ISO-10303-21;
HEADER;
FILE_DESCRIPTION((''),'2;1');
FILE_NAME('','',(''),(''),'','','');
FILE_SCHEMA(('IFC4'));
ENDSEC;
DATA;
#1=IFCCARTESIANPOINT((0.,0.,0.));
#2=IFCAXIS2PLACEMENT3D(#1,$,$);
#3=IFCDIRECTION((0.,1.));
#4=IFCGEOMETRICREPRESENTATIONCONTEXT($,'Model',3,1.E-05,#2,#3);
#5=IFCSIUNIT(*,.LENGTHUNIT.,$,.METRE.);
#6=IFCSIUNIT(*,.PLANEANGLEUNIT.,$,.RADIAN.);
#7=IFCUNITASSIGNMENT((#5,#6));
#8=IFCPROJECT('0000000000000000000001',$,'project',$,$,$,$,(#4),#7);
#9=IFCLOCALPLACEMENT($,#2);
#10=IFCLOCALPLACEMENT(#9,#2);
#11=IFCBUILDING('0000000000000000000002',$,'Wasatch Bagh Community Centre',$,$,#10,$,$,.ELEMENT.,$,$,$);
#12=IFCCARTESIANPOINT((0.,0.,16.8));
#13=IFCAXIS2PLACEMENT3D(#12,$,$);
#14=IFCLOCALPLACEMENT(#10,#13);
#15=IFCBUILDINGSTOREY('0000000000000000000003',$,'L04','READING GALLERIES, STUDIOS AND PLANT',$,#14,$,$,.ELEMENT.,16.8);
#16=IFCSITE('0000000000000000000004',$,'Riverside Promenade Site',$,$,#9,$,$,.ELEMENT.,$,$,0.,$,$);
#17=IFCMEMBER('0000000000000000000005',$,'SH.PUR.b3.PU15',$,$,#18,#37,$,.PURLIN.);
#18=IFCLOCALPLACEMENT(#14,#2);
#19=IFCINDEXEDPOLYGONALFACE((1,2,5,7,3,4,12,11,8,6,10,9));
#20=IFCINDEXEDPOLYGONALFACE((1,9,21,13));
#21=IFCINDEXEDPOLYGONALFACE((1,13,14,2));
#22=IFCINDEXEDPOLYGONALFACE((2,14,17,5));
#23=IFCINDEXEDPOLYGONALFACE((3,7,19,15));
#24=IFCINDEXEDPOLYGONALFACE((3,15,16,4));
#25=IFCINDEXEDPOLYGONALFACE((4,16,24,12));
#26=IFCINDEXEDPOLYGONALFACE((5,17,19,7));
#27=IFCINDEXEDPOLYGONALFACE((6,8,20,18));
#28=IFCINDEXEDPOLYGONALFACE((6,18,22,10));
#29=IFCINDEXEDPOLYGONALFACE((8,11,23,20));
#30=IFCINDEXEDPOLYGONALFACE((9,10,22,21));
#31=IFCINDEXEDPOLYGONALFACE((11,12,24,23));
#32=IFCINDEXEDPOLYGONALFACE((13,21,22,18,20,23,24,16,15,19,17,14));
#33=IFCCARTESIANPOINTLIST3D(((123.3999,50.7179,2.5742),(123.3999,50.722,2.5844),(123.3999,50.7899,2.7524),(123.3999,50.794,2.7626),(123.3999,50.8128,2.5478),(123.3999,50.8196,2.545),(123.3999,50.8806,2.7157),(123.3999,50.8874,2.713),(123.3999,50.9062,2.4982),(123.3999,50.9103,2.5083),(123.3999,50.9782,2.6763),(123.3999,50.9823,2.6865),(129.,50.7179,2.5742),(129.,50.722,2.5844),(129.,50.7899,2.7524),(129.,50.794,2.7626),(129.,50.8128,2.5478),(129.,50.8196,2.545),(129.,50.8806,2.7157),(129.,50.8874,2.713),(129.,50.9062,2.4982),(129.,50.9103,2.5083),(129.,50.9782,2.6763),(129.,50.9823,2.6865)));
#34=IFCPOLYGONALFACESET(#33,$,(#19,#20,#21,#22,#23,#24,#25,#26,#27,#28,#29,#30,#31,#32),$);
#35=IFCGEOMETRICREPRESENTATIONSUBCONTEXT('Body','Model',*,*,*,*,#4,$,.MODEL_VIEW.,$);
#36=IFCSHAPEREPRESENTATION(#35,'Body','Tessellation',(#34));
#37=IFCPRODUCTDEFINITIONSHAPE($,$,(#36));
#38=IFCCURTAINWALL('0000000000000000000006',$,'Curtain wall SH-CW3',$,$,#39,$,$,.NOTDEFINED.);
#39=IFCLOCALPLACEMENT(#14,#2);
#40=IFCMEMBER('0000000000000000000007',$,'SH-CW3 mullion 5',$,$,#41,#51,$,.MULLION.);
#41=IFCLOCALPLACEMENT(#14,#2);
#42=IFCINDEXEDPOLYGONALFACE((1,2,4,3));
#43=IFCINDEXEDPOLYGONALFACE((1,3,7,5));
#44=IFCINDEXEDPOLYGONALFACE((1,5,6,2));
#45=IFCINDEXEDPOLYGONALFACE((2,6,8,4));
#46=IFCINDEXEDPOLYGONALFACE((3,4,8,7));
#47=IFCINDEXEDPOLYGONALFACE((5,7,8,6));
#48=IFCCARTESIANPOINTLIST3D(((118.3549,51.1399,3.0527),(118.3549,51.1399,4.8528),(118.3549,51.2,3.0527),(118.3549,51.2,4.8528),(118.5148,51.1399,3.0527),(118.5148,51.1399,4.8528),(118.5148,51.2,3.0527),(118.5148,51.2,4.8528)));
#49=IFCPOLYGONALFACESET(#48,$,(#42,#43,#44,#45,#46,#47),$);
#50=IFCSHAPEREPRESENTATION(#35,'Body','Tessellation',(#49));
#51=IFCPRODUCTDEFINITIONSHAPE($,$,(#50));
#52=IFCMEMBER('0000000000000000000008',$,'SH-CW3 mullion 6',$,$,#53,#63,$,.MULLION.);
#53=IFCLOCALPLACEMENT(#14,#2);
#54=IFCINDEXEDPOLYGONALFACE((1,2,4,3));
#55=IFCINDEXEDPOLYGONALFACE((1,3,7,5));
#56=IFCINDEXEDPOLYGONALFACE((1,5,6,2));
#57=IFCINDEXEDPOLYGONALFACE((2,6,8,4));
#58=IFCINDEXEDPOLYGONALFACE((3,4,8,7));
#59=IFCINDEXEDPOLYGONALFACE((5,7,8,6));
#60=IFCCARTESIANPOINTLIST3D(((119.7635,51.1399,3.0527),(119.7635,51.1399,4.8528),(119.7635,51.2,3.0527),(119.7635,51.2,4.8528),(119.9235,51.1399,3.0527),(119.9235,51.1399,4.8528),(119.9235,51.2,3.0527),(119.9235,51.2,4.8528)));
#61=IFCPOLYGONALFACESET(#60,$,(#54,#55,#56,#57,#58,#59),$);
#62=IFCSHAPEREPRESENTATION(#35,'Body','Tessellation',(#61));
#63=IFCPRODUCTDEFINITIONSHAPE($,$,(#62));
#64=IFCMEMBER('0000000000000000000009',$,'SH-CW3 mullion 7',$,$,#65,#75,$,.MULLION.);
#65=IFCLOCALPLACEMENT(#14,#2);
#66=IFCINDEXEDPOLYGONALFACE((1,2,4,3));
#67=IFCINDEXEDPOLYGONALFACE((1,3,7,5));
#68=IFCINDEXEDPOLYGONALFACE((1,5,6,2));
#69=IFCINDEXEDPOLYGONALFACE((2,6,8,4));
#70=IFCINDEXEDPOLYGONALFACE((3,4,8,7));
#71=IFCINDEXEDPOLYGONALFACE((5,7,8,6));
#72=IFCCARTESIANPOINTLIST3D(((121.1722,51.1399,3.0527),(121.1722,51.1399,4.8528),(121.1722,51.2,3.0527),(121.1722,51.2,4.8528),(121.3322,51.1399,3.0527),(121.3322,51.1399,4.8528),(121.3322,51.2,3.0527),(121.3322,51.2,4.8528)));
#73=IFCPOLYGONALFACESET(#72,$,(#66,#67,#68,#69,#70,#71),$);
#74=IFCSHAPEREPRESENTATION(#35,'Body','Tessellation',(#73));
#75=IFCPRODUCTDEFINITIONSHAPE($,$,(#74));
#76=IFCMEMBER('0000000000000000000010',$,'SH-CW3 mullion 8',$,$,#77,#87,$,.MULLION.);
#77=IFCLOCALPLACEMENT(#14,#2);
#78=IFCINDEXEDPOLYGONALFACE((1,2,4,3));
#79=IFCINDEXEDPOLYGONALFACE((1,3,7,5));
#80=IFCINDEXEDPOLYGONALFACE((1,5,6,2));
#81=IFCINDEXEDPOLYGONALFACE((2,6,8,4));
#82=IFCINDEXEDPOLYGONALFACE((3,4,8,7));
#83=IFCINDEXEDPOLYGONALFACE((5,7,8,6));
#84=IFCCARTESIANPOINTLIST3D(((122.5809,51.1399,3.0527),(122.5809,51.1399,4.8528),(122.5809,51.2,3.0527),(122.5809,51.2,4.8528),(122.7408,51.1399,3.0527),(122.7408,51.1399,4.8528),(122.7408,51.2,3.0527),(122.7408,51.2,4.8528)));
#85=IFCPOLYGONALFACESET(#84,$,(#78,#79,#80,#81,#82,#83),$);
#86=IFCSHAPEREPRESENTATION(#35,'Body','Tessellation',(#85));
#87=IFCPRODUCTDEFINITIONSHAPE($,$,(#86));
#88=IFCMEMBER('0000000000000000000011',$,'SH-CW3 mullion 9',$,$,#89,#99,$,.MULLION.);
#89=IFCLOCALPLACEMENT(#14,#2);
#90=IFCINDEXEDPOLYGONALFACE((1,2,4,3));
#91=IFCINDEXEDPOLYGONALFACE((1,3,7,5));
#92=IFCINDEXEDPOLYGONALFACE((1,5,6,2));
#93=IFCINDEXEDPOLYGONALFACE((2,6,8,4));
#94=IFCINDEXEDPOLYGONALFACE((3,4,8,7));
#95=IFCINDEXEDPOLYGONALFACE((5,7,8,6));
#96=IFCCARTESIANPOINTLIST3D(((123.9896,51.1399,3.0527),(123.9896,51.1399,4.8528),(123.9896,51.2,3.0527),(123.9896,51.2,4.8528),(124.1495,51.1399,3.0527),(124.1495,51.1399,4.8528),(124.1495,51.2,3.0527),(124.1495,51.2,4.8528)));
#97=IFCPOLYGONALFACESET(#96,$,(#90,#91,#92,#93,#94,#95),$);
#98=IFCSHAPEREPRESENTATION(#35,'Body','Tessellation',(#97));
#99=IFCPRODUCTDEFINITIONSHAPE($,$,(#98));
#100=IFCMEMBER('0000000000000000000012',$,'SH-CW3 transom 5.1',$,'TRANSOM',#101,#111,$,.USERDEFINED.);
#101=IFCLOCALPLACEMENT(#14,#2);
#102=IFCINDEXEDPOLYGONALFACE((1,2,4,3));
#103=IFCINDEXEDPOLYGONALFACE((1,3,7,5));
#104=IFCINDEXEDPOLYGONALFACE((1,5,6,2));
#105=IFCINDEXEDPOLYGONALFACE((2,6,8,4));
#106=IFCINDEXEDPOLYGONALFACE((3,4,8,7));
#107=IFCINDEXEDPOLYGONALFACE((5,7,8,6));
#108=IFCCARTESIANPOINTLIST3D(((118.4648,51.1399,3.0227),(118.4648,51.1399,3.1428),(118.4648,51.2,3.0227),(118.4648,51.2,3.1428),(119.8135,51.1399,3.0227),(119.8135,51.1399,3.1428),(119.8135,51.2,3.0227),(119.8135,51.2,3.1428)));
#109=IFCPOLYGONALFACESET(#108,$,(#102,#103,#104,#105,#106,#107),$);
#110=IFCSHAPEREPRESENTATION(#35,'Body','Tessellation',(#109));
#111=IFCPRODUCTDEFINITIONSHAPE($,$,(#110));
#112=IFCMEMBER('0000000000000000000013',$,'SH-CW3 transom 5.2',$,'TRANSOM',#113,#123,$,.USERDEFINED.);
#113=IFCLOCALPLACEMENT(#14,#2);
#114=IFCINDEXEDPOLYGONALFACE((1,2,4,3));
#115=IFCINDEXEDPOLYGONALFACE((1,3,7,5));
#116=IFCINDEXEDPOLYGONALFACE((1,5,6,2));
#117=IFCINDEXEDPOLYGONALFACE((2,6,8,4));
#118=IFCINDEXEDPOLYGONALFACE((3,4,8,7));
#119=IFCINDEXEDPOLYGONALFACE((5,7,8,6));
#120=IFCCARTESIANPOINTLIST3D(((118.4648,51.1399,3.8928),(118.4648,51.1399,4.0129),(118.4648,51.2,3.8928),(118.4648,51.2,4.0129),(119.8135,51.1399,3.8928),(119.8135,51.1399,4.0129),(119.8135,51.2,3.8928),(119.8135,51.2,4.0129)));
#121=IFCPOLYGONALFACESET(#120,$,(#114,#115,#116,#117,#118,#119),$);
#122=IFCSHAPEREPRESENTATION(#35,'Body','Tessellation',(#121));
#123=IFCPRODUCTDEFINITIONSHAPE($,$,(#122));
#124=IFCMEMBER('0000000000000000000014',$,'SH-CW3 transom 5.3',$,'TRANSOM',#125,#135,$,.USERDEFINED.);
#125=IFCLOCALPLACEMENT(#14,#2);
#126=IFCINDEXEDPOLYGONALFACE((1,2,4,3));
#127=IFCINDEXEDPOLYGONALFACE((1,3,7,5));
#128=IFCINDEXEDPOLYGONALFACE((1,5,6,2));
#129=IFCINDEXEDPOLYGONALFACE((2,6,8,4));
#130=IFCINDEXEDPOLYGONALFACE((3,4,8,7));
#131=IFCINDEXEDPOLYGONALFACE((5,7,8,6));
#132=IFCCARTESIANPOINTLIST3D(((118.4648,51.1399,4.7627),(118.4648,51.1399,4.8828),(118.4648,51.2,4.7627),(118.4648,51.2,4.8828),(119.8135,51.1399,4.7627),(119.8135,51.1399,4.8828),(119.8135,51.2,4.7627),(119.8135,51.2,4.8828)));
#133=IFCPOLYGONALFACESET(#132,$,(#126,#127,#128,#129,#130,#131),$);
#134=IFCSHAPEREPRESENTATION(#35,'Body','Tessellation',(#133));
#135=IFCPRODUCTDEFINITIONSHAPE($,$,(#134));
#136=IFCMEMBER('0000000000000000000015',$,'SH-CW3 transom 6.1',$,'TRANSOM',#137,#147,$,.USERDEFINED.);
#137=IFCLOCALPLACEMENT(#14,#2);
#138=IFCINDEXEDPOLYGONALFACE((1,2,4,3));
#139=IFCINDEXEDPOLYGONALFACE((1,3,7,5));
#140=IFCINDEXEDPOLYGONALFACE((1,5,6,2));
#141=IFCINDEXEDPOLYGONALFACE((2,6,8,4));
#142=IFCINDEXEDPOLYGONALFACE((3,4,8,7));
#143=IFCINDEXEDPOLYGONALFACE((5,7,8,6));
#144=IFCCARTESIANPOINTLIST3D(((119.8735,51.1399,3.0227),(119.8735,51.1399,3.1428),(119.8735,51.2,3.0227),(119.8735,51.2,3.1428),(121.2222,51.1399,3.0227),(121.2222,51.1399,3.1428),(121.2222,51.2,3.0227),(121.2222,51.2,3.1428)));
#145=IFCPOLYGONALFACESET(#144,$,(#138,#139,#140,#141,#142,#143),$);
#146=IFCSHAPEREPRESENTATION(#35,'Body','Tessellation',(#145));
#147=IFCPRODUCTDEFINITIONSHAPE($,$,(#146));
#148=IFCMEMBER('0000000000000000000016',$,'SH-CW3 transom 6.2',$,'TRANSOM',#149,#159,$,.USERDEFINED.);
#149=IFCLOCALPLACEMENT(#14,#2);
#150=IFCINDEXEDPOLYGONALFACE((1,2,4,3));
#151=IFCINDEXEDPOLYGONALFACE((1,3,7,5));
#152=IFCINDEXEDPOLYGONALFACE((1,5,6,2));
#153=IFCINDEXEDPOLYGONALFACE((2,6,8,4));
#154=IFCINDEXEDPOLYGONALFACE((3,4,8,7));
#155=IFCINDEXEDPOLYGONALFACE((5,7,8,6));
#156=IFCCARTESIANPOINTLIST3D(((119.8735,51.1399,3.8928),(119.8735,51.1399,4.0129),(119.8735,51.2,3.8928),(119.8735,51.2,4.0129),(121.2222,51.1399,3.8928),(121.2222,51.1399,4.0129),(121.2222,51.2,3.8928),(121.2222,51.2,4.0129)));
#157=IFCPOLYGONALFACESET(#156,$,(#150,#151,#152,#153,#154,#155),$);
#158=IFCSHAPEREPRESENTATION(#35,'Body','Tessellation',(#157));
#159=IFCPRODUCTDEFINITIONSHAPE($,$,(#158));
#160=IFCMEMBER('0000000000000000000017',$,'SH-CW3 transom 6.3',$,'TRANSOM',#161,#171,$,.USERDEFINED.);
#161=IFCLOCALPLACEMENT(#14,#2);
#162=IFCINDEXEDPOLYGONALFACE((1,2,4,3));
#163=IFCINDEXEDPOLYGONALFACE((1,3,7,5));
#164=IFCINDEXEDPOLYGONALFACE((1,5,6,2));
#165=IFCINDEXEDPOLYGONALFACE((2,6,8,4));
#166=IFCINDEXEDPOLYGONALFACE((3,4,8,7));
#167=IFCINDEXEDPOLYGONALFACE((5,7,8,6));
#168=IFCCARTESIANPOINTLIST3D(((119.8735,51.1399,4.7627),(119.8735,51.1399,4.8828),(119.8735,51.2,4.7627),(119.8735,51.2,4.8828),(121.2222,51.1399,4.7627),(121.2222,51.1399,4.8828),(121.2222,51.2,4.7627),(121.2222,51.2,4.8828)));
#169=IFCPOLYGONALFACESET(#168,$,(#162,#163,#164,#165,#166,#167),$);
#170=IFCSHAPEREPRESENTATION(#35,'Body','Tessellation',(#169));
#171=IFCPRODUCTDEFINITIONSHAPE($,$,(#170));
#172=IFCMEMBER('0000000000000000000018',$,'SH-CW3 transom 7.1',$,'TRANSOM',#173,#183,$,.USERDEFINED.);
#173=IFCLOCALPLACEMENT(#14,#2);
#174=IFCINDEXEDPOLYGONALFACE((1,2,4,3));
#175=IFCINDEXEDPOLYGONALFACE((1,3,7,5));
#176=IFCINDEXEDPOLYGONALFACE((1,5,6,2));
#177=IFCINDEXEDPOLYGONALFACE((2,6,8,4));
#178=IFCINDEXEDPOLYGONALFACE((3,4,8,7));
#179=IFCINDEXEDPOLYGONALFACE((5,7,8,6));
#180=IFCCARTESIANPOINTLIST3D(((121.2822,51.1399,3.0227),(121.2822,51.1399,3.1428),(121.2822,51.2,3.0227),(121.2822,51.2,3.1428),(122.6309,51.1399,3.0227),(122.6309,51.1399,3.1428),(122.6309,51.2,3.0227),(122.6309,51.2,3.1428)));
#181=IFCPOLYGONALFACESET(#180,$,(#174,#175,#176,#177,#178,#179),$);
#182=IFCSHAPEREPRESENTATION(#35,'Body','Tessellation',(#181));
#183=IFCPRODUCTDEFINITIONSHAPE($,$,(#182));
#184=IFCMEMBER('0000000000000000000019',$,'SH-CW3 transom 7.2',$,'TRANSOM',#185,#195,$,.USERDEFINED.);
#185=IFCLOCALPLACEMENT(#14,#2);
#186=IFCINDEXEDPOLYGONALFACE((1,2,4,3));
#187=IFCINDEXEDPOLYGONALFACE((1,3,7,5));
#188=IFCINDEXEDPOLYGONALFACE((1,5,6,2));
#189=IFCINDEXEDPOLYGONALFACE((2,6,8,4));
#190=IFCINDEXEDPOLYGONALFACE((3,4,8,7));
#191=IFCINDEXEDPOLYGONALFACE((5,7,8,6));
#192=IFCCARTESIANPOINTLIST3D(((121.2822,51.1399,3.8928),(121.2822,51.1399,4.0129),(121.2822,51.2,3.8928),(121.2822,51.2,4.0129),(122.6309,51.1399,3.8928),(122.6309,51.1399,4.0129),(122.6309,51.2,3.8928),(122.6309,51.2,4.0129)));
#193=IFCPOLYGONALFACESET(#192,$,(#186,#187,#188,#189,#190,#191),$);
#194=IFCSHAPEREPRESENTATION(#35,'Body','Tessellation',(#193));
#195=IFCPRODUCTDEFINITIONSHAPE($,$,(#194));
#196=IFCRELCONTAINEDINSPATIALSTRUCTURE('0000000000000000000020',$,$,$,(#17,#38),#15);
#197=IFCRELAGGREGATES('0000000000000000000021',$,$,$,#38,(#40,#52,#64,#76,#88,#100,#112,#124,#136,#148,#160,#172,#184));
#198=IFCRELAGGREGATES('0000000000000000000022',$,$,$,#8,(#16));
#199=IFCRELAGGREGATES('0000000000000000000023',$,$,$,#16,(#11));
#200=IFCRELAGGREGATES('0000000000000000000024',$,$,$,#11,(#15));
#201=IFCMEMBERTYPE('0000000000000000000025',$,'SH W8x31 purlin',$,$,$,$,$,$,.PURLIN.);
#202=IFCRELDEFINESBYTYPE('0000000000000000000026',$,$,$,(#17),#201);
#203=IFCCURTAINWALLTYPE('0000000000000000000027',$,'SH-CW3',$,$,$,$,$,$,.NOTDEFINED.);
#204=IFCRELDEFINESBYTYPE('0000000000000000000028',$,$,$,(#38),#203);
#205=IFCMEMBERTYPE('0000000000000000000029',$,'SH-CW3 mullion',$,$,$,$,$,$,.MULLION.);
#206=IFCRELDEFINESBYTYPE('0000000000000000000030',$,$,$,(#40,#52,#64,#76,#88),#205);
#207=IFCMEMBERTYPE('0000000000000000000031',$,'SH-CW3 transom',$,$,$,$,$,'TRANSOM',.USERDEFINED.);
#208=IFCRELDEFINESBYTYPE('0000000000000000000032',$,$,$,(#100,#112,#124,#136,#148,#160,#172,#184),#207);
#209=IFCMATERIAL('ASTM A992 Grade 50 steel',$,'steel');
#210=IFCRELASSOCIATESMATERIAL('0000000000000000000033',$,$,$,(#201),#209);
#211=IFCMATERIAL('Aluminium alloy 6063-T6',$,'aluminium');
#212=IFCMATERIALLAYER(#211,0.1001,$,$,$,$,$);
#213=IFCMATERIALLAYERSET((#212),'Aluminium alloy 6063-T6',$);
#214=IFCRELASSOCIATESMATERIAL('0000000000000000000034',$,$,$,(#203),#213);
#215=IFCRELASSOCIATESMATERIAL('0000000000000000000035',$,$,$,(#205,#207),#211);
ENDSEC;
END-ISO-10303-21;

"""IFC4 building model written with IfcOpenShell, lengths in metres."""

from ifc_helpers import new_model, si_unit, direction, frame, origin, origin_2d, place, context, subcontext, project, spatial, rectangle, i_section, extrude, material, layer, layer_set, material_profile, profile_set, type_object, element, aggregate, save


model = new_model("IFC4")

# Units and contexts
model_context = context("Model", 3, precision=1e-05, world=origin(), true_north=direction((0.0, 1.0)))
body_context = subcontext(model_context, "Body", "Model", "MODEL_VIEW")
ifc_project = project(units=[si_unit("LENGTHUNIT", "METRE"), si_unit("PLANEANGLEUNIT", "RADIAN")], contexts=[model_context])

# Site, building, storey
site_placement = place(None, origin())
site = spatial("IfcSite", under=ifc_project, at=site_placement, Name="Riverside Promenade Site", CompositionType="ELEMENT", RefElevation=0.0)
building_placement = place(site_placement, origin())
building = spatial("IfcBuilding", under=site, at=building_placement, Name="Wasatch Bagh Community Centre", CompositionType="ELEMENT")
storey_placement = place(building_placement, frame((0.0, 0.0, 16.8)))
storey = spatial("IfcBuildingStorey", under=building, at=storey_placement, Name="L04", Description="READING GALLERIES, STUDIOS AND PLANT", CompositionType="ELEMENT", Elevation=16.8)

# Member
ifc_material_1 = material(Name="ASTM A992 Grade 50 steel", Category="steel")
ifc_material_profile_1 = material_profile(ifc_material_1, i_section(OverallWidth=0.2031, OverallDepth=0.2031, WebThickness=0.0073, FlangeThickness=0.011, at=origin_2d()), Name="W8x31")
ifc_profile_set_1 = profile_set([ifc_material_profile_1], Name="ASTM A992 Grade 50 steel")
member_type_1 = type_object("IfcMemberType", Name="SH W8x31 purlin", PredefinedType="PURLIN", material=ifc_profile_set_1)
member_1_placement = place(storey_placement, frame((123.3999, 50.8501, 2.6304), z_axis=(1.0, 0.0, 0.0), x_axis=(0.0, 0.927184, -0.374607)))
element("IfcMember", 1, at=member_1_placement, inside=storey, type_object=member_type_1, Name="SH.PUR.b3.PU15", PredefinedType="PURLIN", context=body_context, shape_type="SweptSolid", body=[
    extrude(i_section(OverallWidth=0.2031, OverallDepth=0.2031, WebThickness=0.0073, FlangeThickness=0.011, at=origin_2d()), origin(), (0.0, 0.0, 1.0), 5.6001),
])

# Curtain wall, members
ifc_material_2 = material(Name="Aluminium alloy 6063-T6", Category="aluminium")
ifc_layer_1 = layer(ifc_material_2, 0.1001)
ifc_layer_set_1 = layer_set([ifc_layer_1], Name="Aluminium alloy 6063-T6")
curtain_wall_type = type_object("IfcCurtainWallType", Name="SH-CW3", PredefinedType="NOTDEFINED", material=ifc_layer_set_1)
curtain_wall_placement = place(storey_placement, origin())
curtain_wall = element("IfcCurtainWall", 2, at=curtain_wall_placement, inside=storey, type_object=curtain_wall_type, Name="Curtain wall SH-CW3", PredefinedType="NOTDEFINED")
ifc_material_profile_2 = material_profile(ifc_material_2, rectangle(XDim=0.0601, YDim=0.1599, at=origin_2d()), Name="AL 60x160")
ifc_profile_set_2 = profile_set([ifc_material_profile_2], Name="Aluminium alloy 6063-T6")
member_type_2 = type_object("IfcMemberType", Name="SH-CW3 mullion", PredefinedType="MULLION", material=ifc_profile_set_2)
member_2_placement = place(storey_placement, frame((118.4348, 51.1699, 3.0527), z_axis=(0.0, 0.0, 1.0), x_axis=(0.0, 1.0, 0.0)))
member_2 = element("IfcMember", 3, at=member_2_placement, type_object=member_type_2, Name="SH-CW3 mullion 5", PredefinedType="MULLION", context=body_context, shape_type="SweptSolid", body=[
    extrude(rectangle(XDim=0.0601, YDim=0.1599, at=origin_2d()), origin(), (0.0, 0.0, 1.0), 1.8),
])
member_3_placement = place(storey_placement, frame((119.8435, 51.1699, 3.0527), z_axis=(0.0, 0.0, 1.0), x_axis=(0.0, 1.0, 0.0)))
member_3 = element("IfcMember", 4, at=member_3_placement, type_object=member_type_2, Name="SH-CW3 mullion 6", PredefinedType="MULLION", context=body_context, shape_type="SweptSolid", body=[
    extrude(rectangle(XDim=0.0601, YDim=0.1599, at=origin_2d()), origin(), (0.0, 0.0, 1.0), 1.8),
])
member_4_placement = place(storey_placement, frame((121.2522, 51.1699, 3.0527), z_axis=(0.0, 0.0, 1.0), x_axis=(0.0, 1.0, 0.0)))
member_4 = element("IfcMember", 5, at=member_4_placement, type_object=member_type_2, Name="SH-CW3 mullion 7", PredefinedType="MULLION", context=body_context, shape_type="SweptSolid", body=[
    extrude(rectangle(XDim=0.0601, YDim=0.1599, at=origin_2d()), origin(), (0.0, 0.0, 1.0), 1.8),
])
member_5_placement = place(storey_placement, frame((122.6609, 51.1699, 3.0527), z_axis=(0.0, 0.0, 1.0), x_axis=(0.0, 1.0, 0.0)))
member_5 = element("IfcMember", 6, at=member_5_placement, type_object=member_type_2, Name="SH-CW3 mullion 8", PredefinedType="MULLION", context=body_context, shape_type="SweptSolid", body=[
    extrude(rectangle(XDim=0.0601, YDim=0.1599, at=origin_2d()), origin(), (0.0, 0.0, 1.0), 1.8),
])
member_6_placement = place(storey_placement, frame((124.0696, 51.1699, 3.0527), z_axis=(0.0, 0.0, 1.0), x_axis=(0.0, 1.0, 0.0)))
member_6 = element("IfcMember", 7, at=member_6_placement, type_object=member_type_2, Name="SH-CW3 mullion 9", PredefinedType="MULLION", context=body_context, shape_type="SweptSolid", body=[
    extrude(rectangle(XDim=0.0601, YDim=0.1599, at=origin_2d()), origin(), (0.0, 0.0, 1.0), 1.8),
])
ifc_material_profile_3 = material_profile(ifc_material_2, rectangle(XDim=0.0601, YDim=0.1201, at=origin_2d()), Name="AL 60x120")
ifc_profile_set_3 = profile_set([ifc_material_profile_3], Name="Aluminium alloy 6063-T6")
member_type_3 = type_object("IfcMemberType", Name="SH-CW3 transom", ElementType="TRANSOM", PredefinedType="USERDEFINED", material=ifc_profile_set_3)
member_7_placement = place(storey_placement, frame((118.4648, 51.1699, 3.0828), z_axis=(1.0, 0.0, 0.0), x_axis=(0.0, 1.0, 0.0)))
member_7 = element("IfcMember", 8, at=member_7_placement, type_object=member_type_3, Name="SH-CW3 transom 5.1", ObjectType="TRANSOM", PredefinedType="USERDEFINED", context=body_context, shape_type="SweptSolid", body=[
    extrude(rectangle(XDim=0.0601, YDim=0.1201, at=origin_2d()), origin(), (0.0, 0.0, 1.0), 1.3486),
])
member_8_placement = place(storey_placement, frame((118.4648, 51.1699, 3.9529), z_axis=(1.0, 0.0, 0.0), x_axis=(0.0, 1.0, 0.0)))
member_8 = element("IfcMember", 9, at=member_8_placement, type_object=member_type_3, Name="SH-CW3 transom 5.2", ObjectType="TRANSOM", PredefinedType="USERDEFINED", context=body_context, shape_type="SweptSolid", body=[
    extrude(rectangle(XDim=0.0601, YDim=0.1201, at=origin_2d()), origin(), (0.0, 0.0, 1.0), 1.3486),
])
member_9_placement = place(storey_placement, frame((118.4648, 51.1699, 4.8228), z_axis=(1.0, 0.0, 0.0), x_axis=(0.0, 1.0, 0.0)))
member_9 = element("IfcMember", 10, at=member_9_placement, type_object=member_type_3, Name="SH-CW3 transom 5.3", ObjectType="TRANSOM", PredefinedType="USERDEFINED", context=body_context, shape_type="SweptSolid", body=[
    extrude(rectangle(XDim=0.0601, YDim=0.1201, at=origin_2d()), origin(), (0.0, 0.0, 1.0), 1.3486),
])
member_10_placement = place(storey_placement, frame((119.8735, 51.1699, 3.0828), z_axis=(1.0, 0.0, 0.0), x_axis=(0.0, 1.0, 0.0)))
member_10 = element("IfcMember", 11, at=member_10_placement, type_object=member_type_3, Name="SH-CW3 transom 6.1", ObjectType="TRANSOM", PredefinedType="USERDEFINED", context=body_context, shape_type="SweptSolid", body=[
    extrude(rectangle(XDim=0.0601, YDim=0.1201, at=origin_2d()), origin(), (0.0, 0.0, 1.0), 1.3486),
])
member_11_placement = place(storey_placement, frame((119.8735, 51.1699, 3.9529), z_axis=(1.0, 0.0, 0.0), x_axis=(0.0, 1.0, 0.0)))
member_11 = element("IfcMember", 12, at=member_11_placement, type_object=member_type_3, Name="SH-CW3 transom 6.2", ObjectType="TRANSOM", PredefinedType="USERDEFINED", context=body_context, shape_type="SweptSolid", body=[
    extrude(rectangle(XDim=0.0601, YDim=0.1201, at=origin_2d()), origin(), (0.0, 0.0, 1.0), 1.3486),
])
member_12_placement = place(storey_placement, frame((119.8735, 51.1699, 4.8228), z_axis=(1.0, 0.0, 0.0), x_axis=(0.0, 1.0, 0.0)))
member_12 = element("IfcMember", 13, at=member_12_placement, type_object=member_type_3, Name="SH-CW3 transom 6.3", ObjectType="TRANSOM", PredefinedType="USERDEFINED", context=body_context, shape_type="SweptSolid", body=[
    extrude(rectangle(XDim=0.0601, YDim=0.1201, at=origin_2d()), origin(), (0.0, 0.0, 1.0), 1.3486),
])
member_13_placement = place(storey_placement, frame((121.2822, 51.1699, 3.0828), z_axis=(1.0, 0.0, 0.0), x_axis=(0.0, 1.0, 0.0)))
member_13 = element("IfcMember", 14, at=member_13_placement, type_object=member_type_3, Name="SH-CW3 transom 7.1", ObjectType="TRANSOM", PredefinedType="USERDEFINED", context=body_context, shape_type="SweptSolid", body=[
    extrude(rectangle(XDim=0.0601, YDim=0.1201, at=origin_2d()), origin(), (0.0, 0.0, 1.0), 1.3486),
])
member_14_placement = place(storey_placement, frame((121.2822, 51.1699, 3.9529), z_axis=(1.0, 0.0, 0.0), x_axis=(0.0, 1.0, 0.0)))
member_14 = element("IfcMember", 15, at=member_14_placement, type_object=member_type_3, Name="SH-CW3 transom 7.2", ObjectType="TRANSOM", PredefinedType="USERDEFINED", context=body_context, shape_type="SweptSolid", body=[
    extrude(rectangle(XDim=0.0601, YDim=0.1201, at=origin_2d()), origin(), (0.0, 0.0, 1.0), 1.3486),
])
aggregate(curtain_wall, [member_2, member_3, member_4, member_5, member_6, member_7, member_8, member_9, member_10, member_11, member_12, member_13, member_14])

save(model, "model.ifc")
